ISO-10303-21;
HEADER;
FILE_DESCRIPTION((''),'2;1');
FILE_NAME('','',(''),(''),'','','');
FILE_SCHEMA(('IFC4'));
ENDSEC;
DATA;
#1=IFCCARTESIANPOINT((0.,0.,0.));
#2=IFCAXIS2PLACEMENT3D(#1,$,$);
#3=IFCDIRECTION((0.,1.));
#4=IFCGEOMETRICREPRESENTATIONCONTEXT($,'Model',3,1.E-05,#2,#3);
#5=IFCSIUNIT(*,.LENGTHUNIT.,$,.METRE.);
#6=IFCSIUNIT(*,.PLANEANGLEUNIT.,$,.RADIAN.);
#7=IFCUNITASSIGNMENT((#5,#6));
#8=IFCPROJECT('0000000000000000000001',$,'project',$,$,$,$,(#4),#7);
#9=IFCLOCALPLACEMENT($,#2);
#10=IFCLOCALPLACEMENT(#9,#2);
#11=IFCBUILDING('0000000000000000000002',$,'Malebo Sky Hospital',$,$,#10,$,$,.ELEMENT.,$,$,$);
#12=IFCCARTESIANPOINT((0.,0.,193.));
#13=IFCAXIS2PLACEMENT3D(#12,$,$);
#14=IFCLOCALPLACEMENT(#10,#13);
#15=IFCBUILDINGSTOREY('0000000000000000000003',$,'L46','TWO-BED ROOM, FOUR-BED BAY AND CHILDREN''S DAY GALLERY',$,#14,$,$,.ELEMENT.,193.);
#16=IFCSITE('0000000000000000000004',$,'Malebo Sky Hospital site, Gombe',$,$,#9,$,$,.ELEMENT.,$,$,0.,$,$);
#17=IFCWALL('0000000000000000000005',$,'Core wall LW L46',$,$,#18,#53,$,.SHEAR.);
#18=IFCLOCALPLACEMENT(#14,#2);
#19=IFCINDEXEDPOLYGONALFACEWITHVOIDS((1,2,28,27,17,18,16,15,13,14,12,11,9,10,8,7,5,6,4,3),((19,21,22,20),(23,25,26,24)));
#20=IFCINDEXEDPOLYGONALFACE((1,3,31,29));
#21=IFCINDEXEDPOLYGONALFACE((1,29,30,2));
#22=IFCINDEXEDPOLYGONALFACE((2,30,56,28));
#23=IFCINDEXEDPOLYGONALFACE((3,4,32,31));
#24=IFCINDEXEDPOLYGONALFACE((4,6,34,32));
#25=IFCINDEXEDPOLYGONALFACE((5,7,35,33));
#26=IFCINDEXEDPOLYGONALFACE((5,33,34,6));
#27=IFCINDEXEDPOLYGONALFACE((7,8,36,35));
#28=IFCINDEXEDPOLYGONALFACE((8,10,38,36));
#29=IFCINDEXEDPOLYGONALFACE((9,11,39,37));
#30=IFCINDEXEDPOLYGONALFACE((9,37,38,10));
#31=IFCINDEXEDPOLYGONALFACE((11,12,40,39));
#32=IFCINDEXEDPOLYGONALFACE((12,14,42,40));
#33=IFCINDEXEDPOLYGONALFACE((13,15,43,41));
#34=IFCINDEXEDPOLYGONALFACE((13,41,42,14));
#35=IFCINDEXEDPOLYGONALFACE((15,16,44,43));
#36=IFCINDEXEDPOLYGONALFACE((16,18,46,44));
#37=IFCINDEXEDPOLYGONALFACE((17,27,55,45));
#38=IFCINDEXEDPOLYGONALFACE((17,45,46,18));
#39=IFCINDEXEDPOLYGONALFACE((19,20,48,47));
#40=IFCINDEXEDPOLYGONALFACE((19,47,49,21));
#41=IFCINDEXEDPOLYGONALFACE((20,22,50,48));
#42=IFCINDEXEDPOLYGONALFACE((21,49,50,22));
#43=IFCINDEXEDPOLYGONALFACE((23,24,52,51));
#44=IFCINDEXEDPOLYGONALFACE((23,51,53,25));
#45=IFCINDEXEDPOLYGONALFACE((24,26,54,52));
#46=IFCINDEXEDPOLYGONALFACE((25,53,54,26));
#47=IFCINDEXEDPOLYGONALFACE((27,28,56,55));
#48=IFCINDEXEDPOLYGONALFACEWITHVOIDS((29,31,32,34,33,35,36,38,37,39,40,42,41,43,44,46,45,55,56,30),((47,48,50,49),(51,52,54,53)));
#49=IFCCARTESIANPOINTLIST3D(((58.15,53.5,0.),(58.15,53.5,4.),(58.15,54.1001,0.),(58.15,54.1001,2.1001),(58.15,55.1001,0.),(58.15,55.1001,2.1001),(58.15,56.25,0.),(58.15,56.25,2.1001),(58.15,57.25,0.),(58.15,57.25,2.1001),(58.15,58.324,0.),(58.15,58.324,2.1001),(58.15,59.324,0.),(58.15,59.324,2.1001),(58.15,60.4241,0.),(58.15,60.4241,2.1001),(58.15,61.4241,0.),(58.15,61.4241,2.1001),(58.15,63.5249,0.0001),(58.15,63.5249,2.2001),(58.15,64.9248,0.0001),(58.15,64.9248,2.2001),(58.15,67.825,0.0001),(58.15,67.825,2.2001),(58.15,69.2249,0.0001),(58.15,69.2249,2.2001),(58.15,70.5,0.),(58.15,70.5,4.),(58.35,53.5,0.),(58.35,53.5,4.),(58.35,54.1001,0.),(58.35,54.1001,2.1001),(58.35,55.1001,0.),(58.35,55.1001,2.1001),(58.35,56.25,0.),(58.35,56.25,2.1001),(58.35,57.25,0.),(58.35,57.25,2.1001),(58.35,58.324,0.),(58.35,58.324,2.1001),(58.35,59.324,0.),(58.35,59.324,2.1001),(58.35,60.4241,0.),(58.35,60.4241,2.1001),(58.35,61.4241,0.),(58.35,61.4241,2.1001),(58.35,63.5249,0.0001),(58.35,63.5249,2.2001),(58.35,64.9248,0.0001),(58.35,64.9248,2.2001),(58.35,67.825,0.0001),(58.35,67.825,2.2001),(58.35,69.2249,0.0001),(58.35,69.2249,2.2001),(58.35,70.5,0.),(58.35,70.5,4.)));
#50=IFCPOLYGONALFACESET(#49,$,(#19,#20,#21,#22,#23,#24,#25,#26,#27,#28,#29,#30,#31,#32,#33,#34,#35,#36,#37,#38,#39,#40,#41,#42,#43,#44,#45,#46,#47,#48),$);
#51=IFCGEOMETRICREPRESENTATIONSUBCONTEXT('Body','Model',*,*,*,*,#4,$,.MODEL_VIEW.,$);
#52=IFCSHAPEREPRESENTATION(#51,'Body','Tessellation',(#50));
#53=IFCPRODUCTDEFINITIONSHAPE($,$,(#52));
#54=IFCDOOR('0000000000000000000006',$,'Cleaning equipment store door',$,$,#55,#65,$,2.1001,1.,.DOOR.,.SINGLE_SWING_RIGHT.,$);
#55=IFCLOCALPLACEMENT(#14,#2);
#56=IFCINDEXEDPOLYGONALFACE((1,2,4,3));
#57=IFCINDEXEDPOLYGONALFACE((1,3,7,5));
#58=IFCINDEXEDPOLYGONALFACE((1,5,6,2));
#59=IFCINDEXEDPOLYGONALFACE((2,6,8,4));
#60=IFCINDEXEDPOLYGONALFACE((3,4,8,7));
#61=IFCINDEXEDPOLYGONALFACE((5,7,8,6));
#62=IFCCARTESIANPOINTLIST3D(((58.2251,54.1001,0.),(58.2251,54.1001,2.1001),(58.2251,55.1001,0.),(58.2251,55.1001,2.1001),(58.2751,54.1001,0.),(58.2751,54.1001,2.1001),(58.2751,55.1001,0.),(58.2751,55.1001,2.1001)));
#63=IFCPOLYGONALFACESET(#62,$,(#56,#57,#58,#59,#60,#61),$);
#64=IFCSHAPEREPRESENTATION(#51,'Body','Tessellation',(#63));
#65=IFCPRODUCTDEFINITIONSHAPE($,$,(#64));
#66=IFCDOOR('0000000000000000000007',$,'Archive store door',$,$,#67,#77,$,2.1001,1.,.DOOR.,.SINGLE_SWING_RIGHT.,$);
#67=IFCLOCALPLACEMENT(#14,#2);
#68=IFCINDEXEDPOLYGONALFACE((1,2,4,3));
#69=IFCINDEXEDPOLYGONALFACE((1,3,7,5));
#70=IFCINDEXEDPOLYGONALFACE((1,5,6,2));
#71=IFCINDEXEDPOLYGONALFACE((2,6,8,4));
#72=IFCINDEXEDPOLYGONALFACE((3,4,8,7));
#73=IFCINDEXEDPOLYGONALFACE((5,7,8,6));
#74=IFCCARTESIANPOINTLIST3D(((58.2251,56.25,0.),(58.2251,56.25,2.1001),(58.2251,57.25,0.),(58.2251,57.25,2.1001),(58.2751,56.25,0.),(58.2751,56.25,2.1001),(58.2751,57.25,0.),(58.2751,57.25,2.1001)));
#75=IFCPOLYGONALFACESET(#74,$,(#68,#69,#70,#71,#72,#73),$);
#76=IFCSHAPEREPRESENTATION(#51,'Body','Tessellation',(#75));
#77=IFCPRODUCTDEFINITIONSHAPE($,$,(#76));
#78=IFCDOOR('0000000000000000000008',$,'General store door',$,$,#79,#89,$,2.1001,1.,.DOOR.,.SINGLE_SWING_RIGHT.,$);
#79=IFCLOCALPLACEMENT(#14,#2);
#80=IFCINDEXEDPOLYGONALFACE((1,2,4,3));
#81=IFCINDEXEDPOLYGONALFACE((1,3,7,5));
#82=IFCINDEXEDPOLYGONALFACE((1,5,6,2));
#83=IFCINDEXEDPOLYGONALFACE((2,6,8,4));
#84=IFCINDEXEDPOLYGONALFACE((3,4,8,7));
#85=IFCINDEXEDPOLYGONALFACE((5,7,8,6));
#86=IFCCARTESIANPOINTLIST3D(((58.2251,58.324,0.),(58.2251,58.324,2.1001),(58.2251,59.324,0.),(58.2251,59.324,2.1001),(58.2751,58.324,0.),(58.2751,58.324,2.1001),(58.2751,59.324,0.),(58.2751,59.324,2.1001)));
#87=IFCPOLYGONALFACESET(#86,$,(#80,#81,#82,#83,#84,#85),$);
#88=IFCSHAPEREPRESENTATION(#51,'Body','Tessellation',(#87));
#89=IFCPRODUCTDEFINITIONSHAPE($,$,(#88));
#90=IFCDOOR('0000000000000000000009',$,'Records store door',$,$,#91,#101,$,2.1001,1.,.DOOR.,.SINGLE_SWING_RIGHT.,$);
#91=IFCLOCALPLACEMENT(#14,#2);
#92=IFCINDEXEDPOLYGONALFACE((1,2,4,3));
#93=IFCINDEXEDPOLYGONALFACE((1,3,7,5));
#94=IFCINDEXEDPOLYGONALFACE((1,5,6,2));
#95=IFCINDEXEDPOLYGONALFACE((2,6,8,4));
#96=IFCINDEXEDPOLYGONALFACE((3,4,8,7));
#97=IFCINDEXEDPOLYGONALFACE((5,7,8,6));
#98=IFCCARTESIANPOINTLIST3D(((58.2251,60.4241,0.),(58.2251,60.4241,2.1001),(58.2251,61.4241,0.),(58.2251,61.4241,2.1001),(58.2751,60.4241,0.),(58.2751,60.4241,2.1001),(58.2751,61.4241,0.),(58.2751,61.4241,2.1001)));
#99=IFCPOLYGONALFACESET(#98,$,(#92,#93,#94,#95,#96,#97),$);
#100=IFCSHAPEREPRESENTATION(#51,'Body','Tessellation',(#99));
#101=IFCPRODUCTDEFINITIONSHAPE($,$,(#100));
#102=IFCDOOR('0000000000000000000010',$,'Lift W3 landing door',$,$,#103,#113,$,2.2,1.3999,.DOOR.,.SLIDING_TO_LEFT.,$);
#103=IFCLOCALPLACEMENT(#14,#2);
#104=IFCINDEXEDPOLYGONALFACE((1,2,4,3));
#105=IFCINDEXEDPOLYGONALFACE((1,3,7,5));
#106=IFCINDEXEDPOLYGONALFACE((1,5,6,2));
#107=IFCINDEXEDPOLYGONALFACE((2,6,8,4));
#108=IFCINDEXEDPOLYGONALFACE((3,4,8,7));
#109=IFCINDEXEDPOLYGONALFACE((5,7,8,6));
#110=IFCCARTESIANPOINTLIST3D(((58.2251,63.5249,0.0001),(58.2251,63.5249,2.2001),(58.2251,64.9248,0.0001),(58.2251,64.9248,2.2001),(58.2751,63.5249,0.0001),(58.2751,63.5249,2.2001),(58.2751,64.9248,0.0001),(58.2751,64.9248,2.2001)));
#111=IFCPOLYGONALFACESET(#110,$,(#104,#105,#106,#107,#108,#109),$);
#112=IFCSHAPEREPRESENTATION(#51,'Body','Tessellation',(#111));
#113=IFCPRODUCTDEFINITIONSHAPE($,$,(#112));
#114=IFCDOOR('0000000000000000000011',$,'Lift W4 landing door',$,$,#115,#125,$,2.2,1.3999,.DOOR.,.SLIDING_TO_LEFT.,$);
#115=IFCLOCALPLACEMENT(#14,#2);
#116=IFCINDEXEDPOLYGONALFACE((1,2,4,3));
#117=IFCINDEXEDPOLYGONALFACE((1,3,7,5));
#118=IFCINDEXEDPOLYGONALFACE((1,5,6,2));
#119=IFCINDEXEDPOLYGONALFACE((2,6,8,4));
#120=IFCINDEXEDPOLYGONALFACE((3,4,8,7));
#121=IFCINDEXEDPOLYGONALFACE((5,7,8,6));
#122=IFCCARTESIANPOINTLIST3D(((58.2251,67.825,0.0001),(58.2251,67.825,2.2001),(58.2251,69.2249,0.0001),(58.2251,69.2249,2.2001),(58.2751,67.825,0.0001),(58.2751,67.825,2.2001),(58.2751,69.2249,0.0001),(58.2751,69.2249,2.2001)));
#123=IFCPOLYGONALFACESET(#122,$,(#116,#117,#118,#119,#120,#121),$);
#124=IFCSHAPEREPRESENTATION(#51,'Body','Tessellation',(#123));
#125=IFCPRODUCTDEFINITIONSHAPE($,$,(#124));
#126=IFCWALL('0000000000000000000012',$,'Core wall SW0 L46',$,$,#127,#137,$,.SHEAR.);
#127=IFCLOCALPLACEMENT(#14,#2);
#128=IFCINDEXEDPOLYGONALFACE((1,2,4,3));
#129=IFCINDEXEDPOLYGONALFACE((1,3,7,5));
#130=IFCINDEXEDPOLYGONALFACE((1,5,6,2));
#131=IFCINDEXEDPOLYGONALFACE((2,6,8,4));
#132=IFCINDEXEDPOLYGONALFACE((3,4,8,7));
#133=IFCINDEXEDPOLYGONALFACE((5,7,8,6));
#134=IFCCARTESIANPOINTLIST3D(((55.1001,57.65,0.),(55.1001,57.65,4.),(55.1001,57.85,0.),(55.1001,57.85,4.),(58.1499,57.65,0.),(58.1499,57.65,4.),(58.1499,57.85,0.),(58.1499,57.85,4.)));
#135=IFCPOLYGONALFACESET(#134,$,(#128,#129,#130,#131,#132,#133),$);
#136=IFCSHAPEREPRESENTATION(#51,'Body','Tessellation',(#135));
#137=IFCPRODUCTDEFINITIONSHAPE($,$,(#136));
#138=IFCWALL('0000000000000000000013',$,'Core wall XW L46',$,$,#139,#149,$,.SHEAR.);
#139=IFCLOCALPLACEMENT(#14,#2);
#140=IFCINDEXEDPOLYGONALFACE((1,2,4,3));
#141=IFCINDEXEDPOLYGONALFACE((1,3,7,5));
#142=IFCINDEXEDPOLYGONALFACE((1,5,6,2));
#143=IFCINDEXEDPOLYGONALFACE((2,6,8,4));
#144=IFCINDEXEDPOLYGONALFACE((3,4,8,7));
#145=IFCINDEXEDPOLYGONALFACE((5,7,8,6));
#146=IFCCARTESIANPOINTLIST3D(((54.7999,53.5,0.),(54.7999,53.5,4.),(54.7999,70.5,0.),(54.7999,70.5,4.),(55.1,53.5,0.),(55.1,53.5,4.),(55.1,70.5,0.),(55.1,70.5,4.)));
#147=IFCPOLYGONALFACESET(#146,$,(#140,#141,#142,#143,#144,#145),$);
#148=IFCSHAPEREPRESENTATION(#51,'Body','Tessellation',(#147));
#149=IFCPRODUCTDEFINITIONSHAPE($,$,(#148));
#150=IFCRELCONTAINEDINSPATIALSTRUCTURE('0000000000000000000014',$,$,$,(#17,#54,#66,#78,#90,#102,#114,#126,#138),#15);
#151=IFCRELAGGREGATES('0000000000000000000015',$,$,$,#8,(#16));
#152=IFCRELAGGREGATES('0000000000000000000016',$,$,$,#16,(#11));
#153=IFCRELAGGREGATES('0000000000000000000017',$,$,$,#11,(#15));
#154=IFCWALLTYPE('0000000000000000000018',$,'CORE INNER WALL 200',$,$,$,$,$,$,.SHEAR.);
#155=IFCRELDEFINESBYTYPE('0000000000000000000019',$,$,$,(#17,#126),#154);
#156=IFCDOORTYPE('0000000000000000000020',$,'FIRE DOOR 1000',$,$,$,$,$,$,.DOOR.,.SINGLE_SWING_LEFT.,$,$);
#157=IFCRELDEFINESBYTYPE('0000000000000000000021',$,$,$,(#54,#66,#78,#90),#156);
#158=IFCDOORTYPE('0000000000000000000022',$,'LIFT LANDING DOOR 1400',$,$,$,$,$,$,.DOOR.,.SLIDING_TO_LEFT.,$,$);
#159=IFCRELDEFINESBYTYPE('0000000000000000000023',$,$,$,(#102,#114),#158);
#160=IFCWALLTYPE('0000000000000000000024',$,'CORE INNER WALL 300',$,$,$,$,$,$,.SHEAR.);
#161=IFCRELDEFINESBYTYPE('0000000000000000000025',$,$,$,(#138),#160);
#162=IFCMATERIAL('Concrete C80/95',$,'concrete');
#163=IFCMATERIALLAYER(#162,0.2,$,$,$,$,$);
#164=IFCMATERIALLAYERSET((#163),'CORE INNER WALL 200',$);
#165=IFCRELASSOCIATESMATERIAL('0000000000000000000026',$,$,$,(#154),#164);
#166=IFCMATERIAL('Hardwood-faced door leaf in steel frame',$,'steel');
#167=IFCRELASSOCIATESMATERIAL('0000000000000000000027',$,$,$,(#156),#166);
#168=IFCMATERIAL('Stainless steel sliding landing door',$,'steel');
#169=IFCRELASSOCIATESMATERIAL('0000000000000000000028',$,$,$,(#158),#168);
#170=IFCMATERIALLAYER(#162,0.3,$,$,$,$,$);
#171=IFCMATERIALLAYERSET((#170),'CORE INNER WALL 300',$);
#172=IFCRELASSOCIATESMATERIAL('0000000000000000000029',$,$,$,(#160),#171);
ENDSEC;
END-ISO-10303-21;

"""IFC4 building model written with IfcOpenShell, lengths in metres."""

from ifc_helpers import new_model, si_unit, direction, frame, frame_2d, origin, place, context, subcontext, project, spatial, rectangle, extrude, material, layer, layer_set, type_object, element, fill, save


model = new_model("IFC4")

# Units and contexts
model_context = context("Model", 3, precision=1e-05, world=origin(), true_north=direction((0.0, 1.0)))
body_context = subcontext(model_context, "Body", "Model", "MODEL_VIEW")
ifc_project = project(units=[si_unit("LENGTHUNIT", "METRE"), si_unit("PLANEANGLEUNIT", "RADIAN")], contexts=[model_context])

# Site, building, storey
site_placement = place(None, origin())
site = spatial("IfcSite", under=ifc_project, at=site_placement, Name="Malebo Sky Hospital site, Gombe", CompositionType="ELEMENT", RefElevation=0.0)
building_placement = place(site_placement, origin())
building = spatial("IfcBuilding", under=site, at=building_placement, Name="Malebo Sky Hospital", CompositionType="ELEMENT")
storey_placement = place(building_placement, frame((0.0, 0.0, 193.0)))
storey = spatial("IfcBuildingStorey", under=building, at=storey_placement, Name="L46", Description="TWO-BED ROOM, FOUR-BED BAY AND CHILDREN'S DAY GALLERY", CompositionType="ELEMENT", Elevation=193.0)

# Wall, openings, doors
ifc_material_1 = material(Name="Concrete C80/95", Category="concrete")
ifc_layer_1 = layer(ifc_material_1, 0.2)
ifc_layer_set_1 = layer_set([ifc_layer_1], Name="CORE INNER WALL 200")
wall_type_1 = type_object("IfcWallType", Name="CORE INNER WALL 200", PredefinedType="SHEAR", material=ifc_layer_set_1)
wall_1_placement = place(storey_placement, frame((58.25, 53.5, 0.0), z_axis=(0.0, 0.0, 1.0), x_axis=(0.0, 1.0, 0.0)))
wall_1 = element("IfcWall", 1, at=wall_1_placement, inside=storey, type_object=wall_type_1, Name="Core wall LW L46", PredefinedType="SHEAR", context=body_context, shape_type="SweptSolid", body=[
    extrude(rectangle(XDim=17.0, YDim=0.2, at=frame_2d((8.5, 0.0))), origin(), (0.0, 0.0, 1.0), 4.0),
])
opening_1_placement = place(wall_1_placement, frame((0.6001, 0.0, 0.0)))
opening_1 = element("IfcOpeningElement", 2, at=opening_1_placement, cuts=wall_1, PredefinedType="OPENING", context=body_context, shape_type="SweptSolid", body=[
    extrude(rectangle(XDim=1.0, YDim=2.1001, at=frame_2d((0.5, 1.05))), frame((0.0, 0.1099, 0.0), z_axis=(0.0, -1.0, 0.0), x_axis=(1.0, 0.0, 0.0)), (0.0, 0.0, 1.0), 0.22),
])
opening_2_placement = place(wall_1_placement, frame((2.75, 0.0, 0.0)))
opening_2 = element("IfcOpeningElement", 3, at=opening_2_placement, cuts=wall_1, PredefinedType="OPENING", context=body_context, shape_type="SweptSolid", body=[
    extrude(rectangle(XDim=1.0, YDim=2.1001, at=frame_2d((0.5, 1.05))), frame((0.0, 0.1099, 0.0), z_axis=(0.0, -1.0, 0.0), x_axis=(1.0, 0.0, 0.0)), (0.0, 0.0, 1.0), 0.22),
])
opening_3_placement = place(wall_1_placement, frame((4.824, 0.0, 0.0)))
opening_3 = element("IfcOpeningElement", 4, at=opening_3_placement, cuts=wall_1, PredefinedType="OPENING", context=body_context, shape_type="SweptSolid", body=[
    extrude(rectangle(XDim=1.0, YDim=2.1001, at=frame_2d((0.5, 1.05))), frame((0.0, 0.1099, 0.0), z_axis=(0.0, -1.0, 0.0), x_axis=(1.0, 0.0, 0.0)), (0.0, 0.0, 1.0), 0.22),
])
opening_4_placement = place(wall_1_placement, frame((6.9241, 0.0, 0.0)))
opening_4 = element("IfcOpeningElement", 5, at=opening_4_placement, cuts=wall_1, PredefinedType="OPENING", context=body_context, shape_type="SweptSolid", body=[
    extrude(rectangle(XDim=1.0, YDim=2.1001, at=frame_2d((0.5, 1.05))), frame((0.0, 0.1099, 0.0), z_axis=(0.0, -1.0, 0.0), x_axis=(1.0, 0.0, 0.0)), (0.0, 0.0, 1.0), 0.22),
])
opening_5_placement = place(wall_1_placement, frame((10.0249, 0.0, 0.0)))
opening_5 = element("IfcOpeningElement", 6, at=opening_5_placement, cuts=wall_1, PredefinedType="OPENING", context=body_context, shape_type="SweptSolid", body=[
    extrude(rectangle(XDim=1.3999, YDim=2.2, at=frame_2d((0.7, 1.1001))), frame((0.0, 0.1099, 0.0), z_axis=(0.0, -1.0, 0.0), x_axis=(1.0, 0.0, 0.0)), (0.0, 0.0, 1.0), 0.22),
])
opening_6_placement = place(wall_1_placement, frame((14.325, 0.0, 0.0)))
opening_6 = element("IfcOpeningElement", 7, at=opening_6_placement, cuts=wall_1, PredefinedType="OPENING", context=body_context, shape_type="SweptSolid", body=[
    extrude(rectangle(XDim=1.3999, YDim=2.2, at=frame_2d((0.7, 1.1001))), frame((0.0, 0.1099, 0.0), z_axis=(0.0, -1.0, 0.0), x_axis=(1.0, 0.0, 0.0)), (0.0, 0.0, 1.0), 0.22),
])
ifc_material_2 = material(Name="Hardwood-faced door leaf in steel frame", Category="steel")
door_type_1 = type_object("IfcDoorType", Name="FIRE DOOR 1000", OperationType="SINGLE_SWING_LEFT", PredefinedType="DOOR", material=ifc_material_2)
door_1_placement = place(opening_1_placement, origin())
door_1 = element("IfcDoor", 8, at=door_1_placement, inside=storey, type_object=door_type_1, Name="Cleaning equipment store door", OperationType="SINGLE_SWING_RIGHT", OverallHeight=2.1001, OverallWidth=1.0, PredefinedType="DOOR", context=body_context, shape_type="SweptSolid", body=[
    extrude(rectangle(XDim=1.0, YDim=2.1001, at=frame_2d((0.5, 1.05))), frame((0.0, 0.0249, 0.0), z_axis=(0.0, -1.0, 0.0), x_axis=(1.0, 0.0, 0.0)), (0.0, 0.0, 1.0), 0.05),
])
fill(opening_1, door_1)
door_2_placement = place(opening_2_placement, origin())
door_2 = element("IfcDoor", 9, at=door_2_placement, inside=storey, type_object=door_type_1, Name="Archive store door", OperationType="SINGLE_SWING_RIGHT", OverallHeight=2.1001, OverallWidth=1.0, PredefinedType="DOOR", context=body_context, shape_type="SweptSolid", body=[
    extrude(rectangle(XDim=1.0, YDim=2.1001, at=frame_2d((0.5, 1.05))), frame((0.0, 0.0249, 0.0), z_axis=(0.0, -1.0, 0.0), x_axis=(1.0, 0.0, 0.0)), (0.0, 0.0, 1.0), 0.05),
])
fill(opening_2, door_2)
door_3_placement = place(opening_3_placement, origin())
door_3 = element("IfcDoor", 10, at=door_3_placement, inside=storey, type_object=door_type_1, Name="General store door", OperationType="SINGLE_SWING_RIGHT", OverallHeight=2.1001, OverallWidth=1.0, PredefinedType="DOOR", context=body_context, shape_type="SweptSolid", body=[
    extrude(rectangle(XDim=1.0, YDim=2.1001, at=frame_2d((0.5, 1.05))), frame((0.0, 0.0249, 0.0), z_axis=(0.0, -1.0, 0.0), x_axis=(1.0, 0.0, 0.0)), (0.0, 0.0, 1.0), 0.05),
])
fill(opening_3, door_3)
door_4_placement = place(opening_4_placement, origin())
door_4 = element("IfcDoor", 11, at=door_4_placement, inside=storey, type_object=door_type_1, Name="Records store door", OperationType="SINGLE_SWING_RIGHT", OverallHeight=2.1001, OverallWidth=1.0, PredefinedType="DOOR", context=body_context, shape_type="SweptSolid", body=[
    extrude(rectangle(XDim=1.0, YDim=2.1001, at=frame_2d((0.5, 1.05))), frame((0.0, 0.0249, 0.0), z_axis=(0.0, -1.0, 0.0), x_axis=(1.0, 0.0, 0.0)), (0.0, 0.0, 1.0), 0.05),
])
fill(opening_4, door_4)
ifc_material_3 = material(Name="Stainless steel sliding landing door", Category="steel")
door_type_2 = type_object("IfcDoorType", Name="LIFT LANDING DOOR 1400", OperationType="SLIDING_TO_LEFT", PredefinedType="DOOR", material=ifc_material_3)
door_5_placement = place(opening_5_placement, origin())
door_5 = element("IfcDoor", 12, at=door_5_placement, inside=storey, type_object=door_type_2, Name="Lift W3 landing door", OperationType="SLIDING_TO_LEFT", OverallHeight=2.2, OverallWidth=1.3999, PredefinedType="DOOR", context=body_context, shape_type="SweptSolid", body=[
    extrude(rectangle(XDim=1.3999, YDim=2.2, at=frame_2d((0.7, 1.1001))), frame((0.0, 0.0249, 0.0), z_axis=(0.0, -1.0, 0.0), x_axis=(1.0, 0.0, 0.0)), (0.0, 0.0, 1.0), 0.05),
])
fill(opening_5, door_5)
door_6_placement = place(opening_6_placement, origin())
door_6 = element("IfcDoor", 13, at=door_6_placement, inside=storey, type_object=door_type_2, Name="Lift W4 landing door", OperationType="SLIDING_TO_LEFT", OverallHeight=2.2, OverallWidth=1.3999, PredefinedType="DOOR", context=body_context, shape_type="SweptSolid", body=[
    extrude(rectangle(XDim=1.3999, YDim=2.2, at=frame_2d((0.7, 1.1001))), frame((0.0, 0.0249, 0.0), z_axis=(0.0, -1.0, 0.0), x_axis=(1.0, 0.0, 0.0)), (0.0, 0.0, 1.0), 0.05),
])
fill(opening_6, door_6)

# Walls
wall_2_placement = place(storey_placement, frame((55.1001, 57.75, 0.0), z_axis=(0.0, 0.0, 1.0), x_axis=(1.0, 0.0, 0.0)))
element("IfcWall", 14, at=wall_2_placement, inside=storey, type_object=wall_type_1, Name="Core wall SW0 L46", PredefinedType="SHEAR", context=body_context, shape_type="SweptSolid", body=[
    extrude(rectangle(XDim=3.0498, YDim=0.2, at=frame_2d((1.5249, 0.0))), origin(), (0.0, 0.0, 1.0), 4.0),
])
ifc_layer_2 = layer(ifc_material_1, 0.3)
ifc_layer_set_2 = layer_set([ifc_layer_2], Name="CORE INNER WALL 300")
wall_type_2 = type_object("IfcWallType", Name="CORE INNER WALL 300", PredefinedType="SHEAR", material=ifc_layer_set_2)
wall_3_placement = place(storey_placement, frame((54.95, 53.5, 0.0), z_axis=(0.0, 0.0, 1.0), x_axis=(0.0, 1.0, 0.0)))
element("IfcWall", 15, at=wall_3_placement, inside=storey, type_object=wall_type_2, Name="Core wall XW L46", PredefinedType="SHEAR", context=body_context, shape_type="SweptSolid", body=[
    extrude(rectangle(XDim=17.0, YDim=0.3, at=frame_2d((8.5, 0.0))), origin(), (0.0, 0.0, 1.0), 4.0),
])

save(model, "model.ifc")
